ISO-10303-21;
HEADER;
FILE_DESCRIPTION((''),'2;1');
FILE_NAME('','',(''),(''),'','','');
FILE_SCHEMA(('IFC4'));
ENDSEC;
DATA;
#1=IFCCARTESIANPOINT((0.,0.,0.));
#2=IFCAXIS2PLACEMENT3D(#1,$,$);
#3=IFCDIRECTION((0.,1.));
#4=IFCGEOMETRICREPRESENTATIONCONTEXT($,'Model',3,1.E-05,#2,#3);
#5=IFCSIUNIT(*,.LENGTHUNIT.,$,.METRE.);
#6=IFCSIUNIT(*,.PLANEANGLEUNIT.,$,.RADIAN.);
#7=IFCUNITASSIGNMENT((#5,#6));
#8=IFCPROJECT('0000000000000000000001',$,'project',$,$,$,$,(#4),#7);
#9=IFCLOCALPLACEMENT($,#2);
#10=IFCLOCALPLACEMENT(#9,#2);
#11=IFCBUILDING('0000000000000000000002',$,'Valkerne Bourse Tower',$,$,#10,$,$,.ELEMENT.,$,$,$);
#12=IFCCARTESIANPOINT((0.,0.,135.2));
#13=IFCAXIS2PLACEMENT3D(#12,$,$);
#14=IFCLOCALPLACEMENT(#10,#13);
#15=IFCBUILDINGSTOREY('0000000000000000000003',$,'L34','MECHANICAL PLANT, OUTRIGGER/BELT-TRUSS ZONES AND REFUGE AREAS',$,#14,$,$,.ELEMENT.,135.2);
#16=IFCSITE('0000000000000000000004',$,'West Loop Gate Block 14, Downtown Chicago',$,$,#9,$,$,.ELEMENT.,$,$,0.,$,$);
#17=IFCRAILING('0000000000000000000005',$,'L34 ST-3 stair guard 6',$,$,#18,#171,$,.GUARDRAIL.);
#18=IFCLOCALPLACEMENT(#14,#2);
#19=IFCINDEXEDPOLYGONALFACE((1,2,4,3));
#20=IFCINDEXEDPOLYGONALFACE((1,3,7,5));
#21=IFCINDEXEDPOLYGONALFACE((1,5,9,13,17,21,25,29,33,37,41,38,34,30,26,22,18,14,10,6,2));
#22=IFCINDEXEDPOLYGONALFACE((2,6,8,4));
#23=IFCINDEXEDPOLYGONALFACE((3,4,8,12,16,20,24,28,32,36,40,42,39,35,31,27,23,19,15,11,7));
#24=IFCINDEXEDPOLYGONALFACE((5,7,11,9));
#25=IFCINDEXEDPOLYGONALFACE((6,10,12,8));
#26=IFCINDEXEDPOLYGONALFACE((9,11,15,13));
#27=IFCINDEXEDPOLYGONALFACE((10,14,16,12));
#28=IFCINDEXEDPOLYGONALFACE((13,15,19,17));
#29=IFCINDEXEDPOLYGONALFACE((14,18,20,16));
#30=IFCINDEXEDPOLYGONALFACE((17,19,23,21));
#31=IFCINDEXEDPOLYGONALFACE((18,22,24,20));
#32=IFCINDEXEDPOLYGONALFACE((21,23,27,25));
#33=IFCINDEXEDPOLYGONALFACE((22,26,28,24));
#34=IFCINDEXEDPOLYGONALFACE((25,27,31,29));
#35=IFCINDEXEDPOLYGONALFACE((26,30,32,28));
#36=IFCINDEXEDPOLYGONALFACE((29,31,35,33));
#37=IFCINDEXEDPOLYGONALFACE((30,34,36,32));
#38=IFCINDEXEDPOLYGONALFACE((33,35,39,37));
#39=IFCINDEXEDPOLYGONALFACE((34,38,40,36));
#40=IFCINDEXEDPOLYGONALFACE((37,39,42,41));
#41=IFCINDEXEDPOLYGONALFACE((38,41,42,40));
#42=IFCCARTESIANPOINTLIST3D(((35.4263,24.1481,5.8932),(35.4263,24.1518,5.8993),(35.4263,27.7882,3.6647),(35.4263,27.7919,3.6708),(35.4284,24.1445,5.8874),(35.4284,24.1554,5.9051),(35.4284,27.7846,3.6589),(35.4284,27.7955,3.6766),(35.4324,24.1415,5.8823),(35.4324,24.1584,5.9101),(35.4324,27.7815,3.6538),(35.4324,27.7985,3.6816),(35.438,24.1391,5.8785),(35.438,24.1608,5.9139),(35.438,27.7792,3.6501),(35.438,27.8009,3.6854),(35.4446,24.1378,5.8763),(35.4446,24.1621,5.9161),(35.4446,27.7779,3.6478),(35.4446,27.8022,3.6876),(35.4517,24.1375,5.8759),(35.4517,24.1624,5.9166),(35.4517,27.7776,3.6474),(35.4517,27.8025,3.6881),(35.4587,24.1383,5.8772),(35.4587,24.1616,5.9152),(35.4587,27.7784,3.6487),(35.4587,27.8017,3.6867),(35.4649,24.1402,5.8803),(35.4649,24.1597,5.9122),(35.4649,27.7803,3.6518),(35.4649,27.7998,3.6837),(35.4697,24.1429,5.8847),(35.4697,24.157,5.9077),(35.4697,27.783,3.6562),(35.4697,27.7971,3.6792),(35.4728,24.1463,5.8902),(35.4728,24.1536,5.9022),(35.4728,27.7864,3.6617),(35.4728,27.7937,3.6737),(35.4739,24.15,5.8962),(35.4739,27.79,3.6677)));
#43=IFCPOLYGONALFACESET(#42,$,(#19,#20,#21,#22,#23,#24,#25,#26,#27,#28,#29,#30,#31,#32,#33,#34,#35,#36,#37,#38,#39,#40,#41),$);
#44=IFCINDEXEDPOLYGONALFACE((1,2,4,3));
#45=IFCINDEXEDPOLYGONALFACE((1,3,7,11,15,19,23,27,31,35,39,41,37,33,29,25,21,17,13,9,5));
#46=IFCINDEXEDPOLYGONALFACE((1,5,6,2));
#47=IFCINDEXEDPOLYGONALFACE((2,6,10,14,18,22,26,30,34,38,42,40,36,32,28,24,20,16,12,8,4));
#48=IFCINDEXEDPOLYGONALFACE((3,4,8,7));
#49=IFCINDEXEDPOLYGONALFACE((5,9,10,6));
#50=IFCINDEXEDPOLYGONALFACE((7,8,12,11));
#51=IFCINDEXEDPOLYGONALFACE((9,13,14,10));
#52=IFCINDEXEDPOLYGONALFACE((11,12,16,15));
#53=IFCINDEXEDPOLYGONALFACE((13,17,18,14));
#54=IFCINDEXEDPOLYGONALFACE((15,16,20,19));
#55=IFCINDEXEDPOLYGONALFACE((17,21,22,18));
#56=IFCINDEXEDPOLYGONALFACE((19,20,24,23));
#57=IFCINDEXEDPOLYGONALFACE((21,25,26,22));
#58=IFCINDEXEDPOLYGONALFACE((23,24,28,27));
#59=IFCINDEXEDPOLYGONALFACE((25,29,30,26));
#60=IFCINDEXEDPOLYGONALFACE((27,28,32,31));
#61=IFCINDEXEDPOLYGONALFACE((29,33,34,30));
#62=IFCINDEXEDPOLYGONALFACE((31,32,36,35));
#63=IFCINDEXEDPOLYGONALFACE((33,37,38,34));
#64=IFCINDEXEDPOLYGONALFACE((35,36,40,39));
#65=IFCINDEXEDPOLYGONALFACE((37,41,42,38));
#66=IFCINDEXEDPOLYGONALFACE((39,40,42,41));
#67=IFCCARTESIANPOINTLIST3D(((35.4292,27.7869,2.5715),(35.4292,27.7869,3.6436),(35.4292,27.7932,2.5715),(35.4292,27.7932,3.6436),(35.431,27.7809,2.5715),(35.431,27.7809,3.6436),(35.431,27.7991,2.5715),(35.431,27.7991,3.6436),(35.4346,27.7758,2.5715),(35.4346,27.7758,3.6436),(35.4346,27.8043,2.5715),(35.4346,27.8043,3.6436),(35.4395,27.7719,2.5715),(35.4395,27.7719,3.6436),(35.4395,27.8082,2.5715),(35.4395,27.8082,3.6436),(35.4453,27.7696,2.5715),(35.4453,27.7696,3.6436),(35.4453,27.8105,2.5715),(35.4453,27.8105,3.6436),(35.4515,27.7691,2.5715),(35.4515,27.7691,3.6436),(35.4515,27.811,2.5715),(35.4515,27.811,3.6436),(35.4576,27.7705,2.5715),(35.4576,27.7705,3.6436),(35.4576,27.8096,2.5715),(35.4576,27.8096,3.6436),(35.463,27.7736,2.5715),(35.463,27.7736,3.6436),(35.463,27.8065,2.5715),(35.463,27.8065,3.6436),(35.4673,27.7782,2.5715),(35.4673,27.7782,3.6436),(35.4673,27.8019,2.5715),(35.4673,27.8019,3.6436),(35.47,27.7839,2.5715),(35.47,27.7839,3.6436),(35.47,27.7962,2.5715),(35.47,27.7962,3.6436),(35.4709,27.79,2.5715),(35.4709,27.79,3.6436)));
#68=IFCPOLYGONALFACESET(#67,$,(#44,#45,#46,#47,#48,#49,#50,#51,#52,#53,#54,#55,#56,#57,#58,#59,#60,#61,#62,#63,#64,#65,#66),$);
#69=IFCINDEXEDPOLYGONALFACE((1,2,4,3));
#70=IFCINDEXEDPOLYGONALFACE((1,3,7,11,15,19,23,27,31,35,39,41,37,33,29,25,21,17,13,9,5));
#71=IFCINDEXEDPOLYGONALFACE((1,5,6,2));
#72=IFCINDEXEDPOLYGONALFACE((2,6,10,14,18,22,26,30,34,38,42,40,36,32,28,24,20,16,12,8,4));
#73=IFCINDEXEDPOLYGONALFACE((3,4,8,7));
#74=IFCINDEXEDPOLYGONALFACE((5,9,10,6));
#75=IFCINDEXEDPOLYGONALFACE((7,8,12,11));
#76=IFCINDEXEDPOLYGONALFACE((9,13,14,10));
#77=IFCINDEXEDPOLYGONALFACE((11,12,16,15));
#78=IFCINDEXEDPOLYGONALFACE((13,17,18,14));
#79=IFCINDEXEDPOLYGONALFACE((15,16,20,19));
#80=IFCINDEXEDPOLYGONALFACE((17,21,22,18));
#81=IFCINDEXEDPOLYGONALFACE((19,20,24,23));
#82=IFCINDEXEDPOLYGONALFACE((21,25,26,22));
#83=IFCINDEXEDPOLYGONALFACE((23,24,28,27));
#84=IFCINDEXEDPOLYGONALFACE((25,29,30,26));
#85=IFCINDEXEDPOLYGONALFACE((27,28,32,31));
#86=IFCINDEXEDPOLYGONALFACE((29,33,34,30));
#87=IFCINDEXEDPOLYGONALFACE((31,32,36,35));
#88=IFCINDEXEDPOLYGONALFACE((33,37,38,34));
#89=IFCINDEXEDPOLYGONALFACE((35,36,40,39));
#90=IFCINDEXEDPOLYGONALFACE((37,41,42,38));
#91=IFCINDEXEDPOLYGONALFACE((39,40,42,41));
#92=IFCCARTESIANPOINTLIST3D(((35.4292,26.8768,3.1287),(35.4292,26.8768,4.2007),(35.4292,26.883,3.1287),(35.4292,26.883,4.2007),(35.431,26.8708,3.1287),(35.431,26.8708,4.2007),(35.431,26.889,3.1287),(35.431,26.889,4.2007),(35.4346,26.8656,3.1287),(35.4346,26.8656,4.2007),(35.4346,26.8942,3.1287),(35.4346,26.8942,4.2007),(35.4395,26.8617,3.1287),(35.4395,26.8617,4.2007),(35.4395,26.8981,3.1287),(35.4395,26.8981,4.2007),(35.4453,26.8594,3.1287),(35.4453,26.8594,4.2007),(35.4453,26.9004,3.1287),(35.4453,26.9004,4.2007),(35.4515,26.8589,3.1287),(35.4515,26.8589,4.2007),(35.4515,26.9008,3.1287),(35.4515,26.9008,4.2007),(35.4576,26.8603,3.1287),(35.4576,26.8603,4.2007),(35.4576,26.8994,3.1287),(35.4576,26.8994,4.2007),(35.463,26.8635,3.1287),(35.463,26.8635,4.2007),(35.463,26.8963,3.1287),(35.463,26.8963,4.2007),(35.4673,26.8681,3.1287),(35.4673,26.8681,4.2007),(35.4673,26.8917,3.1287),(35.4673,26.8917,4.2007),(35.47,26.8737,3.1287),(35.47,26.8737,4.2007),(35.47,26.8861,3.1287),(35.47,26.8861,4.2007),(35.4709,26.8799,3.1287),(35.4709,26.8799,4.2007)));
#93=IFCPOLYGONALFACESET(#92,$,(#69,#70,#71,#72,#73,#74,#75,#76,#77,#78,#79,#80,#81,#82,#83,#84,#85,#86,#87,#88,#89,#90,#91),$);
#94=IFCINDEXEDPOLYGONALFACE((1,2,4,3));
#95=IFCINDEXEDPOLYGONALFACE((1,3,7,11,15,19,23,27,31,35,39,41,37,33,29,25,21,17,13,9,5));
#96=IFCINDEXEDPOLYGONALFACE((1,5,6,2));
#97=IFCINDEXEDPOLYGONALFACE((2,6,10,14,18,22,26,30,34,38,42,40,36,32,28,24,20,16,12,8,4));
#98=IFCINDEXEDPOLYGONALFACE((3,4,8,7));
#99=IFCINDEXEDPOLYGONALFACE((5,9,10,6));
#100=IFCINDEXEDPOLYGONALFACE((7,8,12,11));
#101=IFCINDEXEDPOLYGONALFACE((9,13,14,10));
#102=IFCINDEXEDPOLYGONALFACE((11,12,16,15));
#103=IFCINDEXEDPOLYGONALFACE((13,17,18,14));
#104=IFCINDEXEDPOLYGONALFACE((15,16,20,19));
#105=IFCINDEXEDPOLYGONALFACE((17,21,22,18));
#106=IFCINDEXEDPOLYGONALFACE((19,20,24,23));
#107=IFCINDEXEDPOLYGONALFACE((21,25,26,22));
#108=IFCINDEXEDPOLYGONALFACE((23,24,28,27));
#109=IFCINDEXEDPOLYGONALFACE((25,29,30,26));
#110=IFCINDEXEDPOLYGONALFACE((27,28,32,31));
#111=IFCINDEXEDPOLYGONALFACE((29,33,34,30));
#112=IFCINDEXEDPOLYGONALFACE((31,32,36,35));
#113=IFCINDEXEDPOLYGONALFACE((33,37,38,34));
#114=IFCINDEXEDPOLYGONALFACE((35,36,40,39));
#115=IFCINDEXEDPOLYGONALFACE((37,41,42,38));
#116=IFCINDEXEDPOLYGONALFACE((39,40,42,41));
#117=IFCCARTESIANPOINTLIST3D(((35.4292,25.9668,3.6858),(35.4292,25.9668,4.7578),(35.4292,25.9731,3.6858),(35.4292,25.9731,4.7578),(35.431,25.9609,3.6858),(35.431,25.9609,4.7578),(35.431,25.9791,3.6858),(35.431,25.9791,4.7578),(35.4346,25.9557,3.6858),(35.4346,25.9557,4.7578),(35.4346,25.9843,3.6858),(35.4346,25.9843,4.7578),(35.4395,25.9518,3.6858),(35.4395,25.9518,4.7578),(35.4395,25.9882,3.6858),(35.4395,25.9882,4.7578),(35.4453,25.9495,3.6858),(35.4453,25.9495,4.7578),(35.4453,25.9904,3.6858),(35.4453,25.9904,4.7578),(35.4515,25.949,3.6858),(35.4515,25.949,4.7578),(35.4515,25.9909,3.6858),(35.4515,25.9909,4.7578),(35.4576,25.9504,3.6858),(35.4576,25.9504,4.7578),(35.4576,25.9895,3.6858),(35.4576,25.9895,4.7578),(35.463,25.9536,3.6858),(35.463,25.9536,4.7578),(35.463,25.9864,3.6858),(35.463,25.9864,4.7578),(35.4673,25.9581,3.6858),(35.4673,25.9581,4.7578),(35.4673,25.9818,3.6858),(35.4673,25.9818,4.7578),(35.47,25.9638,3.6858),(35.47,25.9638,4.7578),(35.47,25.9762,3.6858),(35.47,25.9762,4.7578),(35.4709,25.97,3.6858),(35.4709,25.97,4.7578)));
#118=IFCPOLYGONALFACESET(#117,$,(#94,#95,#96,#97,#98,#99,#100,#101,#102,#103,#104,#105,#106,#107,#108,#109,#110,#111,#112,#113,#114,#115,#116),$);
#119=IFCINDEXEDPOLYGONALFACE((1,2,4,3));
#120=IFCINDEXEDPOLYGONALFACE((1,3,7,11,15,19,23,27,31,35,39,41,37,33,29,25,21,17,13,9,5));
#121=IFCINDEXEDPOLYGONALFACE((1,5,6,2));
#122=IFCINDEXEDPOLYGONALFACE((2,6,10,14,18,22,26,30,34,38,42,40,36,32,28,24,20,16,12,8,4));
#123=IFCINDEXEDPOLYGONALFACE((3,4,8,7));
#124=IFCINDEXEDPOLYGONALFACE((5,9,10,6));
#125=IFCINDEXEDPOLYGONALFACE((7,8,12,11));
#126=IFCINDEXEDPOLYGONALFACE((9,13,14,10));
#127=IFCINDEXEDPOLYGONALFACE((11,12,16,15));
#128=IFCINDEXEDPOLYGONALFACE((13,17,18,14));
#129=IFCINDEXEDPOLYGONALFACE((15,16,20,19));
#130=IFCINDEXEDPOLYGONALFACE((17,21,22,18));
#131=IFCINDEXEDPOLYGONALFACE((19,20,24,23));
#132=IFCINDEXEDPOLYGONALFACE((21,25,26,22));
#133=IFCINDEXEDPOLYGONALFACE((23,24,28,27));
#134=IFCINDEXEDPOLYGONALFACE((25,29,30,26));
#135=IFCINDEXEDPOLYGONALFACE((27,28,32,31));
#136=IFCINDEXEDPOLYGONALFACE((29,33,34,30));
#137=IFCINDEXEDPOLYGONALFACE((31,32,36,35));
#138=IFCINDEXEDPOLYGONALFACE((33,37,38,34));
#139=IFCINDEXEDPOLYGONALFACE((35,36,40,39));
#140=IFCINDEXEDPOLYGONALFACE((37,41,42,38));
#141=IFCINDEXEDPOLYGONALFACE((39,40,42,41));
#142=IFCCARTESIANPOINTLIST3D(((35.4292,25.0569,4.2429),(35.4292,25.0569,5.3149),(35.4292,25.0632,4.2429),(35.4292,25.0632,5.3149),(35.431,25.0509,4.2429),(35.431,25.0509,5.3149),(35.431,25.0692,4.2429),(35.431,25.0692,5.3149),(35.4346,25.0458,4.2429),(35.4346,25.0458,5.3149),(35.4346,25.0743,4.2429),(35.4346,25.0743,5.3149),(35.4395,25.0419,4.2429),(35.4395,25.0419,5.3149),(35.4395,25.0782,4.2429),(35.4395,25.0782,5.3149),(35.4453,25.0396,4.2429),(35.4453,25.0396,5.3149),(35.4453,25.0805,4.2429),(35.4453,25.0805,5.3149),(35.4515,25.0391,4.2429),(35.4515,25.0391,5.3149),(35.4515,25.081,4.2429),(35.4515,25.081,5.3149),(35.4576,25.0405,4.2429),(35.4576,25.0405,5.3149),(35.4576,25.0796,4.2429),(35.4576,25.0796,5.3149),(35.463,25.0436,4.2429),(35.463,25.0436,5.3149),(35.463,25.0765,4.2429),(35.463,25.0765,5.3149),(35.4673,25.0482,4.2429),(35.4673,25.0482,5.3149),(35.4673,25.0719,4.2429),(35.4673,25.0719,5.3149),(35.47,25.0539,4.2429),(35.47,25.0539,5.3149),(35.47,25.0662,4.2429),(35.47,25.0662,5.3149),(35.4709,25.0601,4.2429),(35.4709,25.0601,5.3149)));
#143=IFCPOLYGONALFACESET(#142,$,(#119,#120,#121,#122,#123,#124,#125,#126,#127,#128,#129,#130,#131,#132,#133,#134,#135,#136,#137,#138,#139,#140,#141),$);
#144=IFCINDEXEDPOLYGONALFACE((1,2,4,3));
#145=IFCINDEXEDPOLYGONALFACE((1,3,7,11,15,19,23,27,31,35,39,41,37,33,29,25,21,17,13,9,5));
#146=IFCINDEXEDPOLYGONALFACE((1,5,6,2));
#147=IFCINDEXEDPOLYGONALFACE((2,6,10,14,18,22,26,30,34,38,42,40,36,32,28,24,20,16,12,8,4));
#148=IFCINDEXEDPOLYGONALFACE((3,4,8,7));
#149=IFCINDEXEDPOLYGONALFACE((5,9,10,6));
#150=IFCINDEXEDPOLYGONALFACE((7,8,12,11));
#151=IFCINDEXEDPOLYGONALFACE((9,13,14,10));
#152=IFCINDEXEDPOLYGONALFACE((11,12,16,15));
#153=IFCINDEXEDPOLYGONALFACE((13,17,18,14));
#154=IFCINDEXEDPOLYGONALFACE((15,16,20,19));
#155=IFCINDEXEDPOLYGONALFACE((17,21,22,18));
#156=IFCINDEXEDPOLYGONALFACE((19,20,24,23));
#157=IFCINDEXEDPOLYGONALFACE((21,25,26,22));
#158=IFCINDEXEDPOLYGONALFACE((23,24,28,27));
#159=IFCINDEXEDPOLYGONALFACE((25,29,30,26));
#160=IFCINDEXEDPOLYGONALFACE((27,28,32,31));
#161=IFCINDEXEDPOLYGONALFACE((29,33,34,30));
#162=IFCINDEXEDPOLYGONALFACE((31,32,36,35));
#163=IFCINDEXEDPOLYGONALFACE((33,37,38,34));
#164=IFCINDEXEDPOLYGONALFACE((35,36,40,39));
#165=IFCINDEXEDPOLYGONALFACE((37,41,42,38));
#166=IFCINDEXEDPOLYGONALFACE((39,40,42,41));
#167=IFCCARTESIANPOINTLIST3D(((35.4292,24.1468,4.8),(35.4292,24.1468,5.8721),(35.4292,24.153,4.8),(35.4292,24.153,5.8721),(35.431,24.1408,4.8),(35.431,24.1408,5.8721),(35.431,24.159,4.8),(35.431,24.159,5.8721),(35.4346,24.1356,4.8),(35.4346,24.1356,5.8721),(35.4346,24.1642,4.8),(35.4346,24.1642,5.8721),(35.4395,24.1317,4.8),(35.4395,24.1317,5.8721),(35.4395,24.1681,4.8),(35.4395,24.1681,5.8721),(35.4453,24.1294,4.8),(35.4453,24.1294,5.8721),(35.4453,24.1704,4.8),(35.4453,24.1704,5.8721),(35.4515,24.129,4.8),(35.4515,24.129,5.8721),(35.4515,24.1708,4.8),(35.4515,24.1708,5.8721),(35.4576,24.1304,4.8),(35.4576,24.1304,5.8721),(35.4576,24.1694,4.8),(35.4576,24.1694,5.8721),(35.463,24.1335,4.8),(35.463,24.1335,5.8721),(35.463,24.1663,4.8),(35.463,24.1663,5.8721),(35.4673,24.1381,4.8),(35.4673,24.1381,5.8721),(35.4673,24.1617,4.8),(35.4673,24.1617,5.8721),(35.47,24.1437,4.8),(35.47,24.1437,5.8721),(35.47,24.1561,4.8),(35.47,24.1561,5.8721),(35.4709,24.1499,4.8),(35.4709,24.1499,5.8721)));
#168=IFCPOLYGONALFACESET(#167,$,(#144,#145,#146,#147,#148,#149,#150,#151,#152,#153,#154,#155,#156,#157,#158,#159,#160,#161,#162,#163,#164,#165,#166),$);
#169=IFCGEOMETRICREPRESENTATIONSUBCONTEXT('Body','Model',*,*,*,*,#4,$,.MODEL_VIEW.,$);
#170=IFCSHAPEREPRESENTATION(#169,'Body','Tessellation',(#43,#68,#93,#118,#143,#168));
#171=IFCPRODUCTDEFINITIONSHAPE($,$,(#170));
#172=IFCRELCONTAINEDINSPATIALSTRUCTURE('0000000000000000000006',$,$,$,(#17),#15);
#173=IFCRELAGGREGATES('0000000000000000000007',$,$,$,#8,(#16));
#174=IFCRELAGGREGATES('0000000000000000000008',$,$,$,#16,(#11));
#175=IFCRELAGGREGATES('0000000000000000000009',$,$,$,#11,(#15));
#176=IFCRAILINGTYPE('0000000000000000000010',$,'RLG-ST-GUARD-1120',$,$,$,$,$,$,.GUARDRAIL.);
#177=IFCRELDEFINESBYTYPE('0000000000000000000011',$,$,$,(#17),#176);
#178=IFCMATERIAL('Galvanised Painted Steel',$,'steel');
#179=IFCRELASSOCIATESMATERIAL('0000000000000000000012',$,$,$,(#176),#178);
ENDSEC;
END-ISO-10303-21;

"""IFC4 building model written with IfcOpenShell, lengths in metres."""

from ifc_helpers import new_model, si_unit, direction, frame, origin, origin_2d, place, context, subcontext, project, spatial, circle, extrude, material, type_object, element, save


model = new_model("IFC4")

# Units and contexts
model_context = context("Model", 3, precision=1e-05, world=origin(), true_north=direction((0.0, 1.0)))
body_context = subcontext(model_context, "Body", "Model", "MODEL_VIEW")
ifc_project = project(units=[si_unit("LENGTHUNIT", "METRE"), si_unit("PLANEANGLEUNIT", "RADIAN")], contexts=[model_context])

# Site, building, storey
site_placement = place(None, origin())
site = spatial("IfcSite", under=ifc_project, at=site_placement, Name="West Loop Gate Block 14, Downtown Chicago", CompositionType="ELEMENT", RefElevation=0.0)
building_placement = place(site_placement, origin())
building = spatial("IfcBuilding", under=site, at=building_placement, Name="Valkerne Bourse Tower", CompositionType="ELEMENT")
storey_placement = place(building_placement, frame((0.0, 0.0, 135.2)))
storey = spatial("IfcBuildingStorey", under=building, at=storey_placement, Name="L34", Description="MECHANICAL PLANT, OUTRIGGER/BELT-TRUSS ZONES AND REFUGE AREAS", CompositionType="ELEMENT", Elevation=135.2)

# Shared definitions
ifc_material_1 = material(Name="Galvanised Painted Steel", Category="steel")

# Railing
railing_type_1 = type_object("IfcRailingType", Name="RLG-ST-GUARD-1120", PredefinedType="GUARDRAIL", material=ifc_material_1)
railing_1_placement = place(storey_placement, frame((35.45, 27.79, 2.5715)))
element("IfcRailing", 1, at=railing_1_placement, inside=storey, type_object=railing_type_1, Name="L34 ST-3 stair guard 6", PredefinedType="GUARDRAIL", context=body_context, shape_type="SweptSolid", body=[
    extrude(circle(Radius=0.0239, at=origin_2d()), frame((0.0, 0.0, 1.0962), z_axis=(0.0, -0.852866, 0.52213), x_axis=(1.0, 0.0, 0.0)), (0.0, 0.0, 1.0), 4.2681),
    extrude(circle(Radius=0.021, at=origin_2d()), origin(), (0.0, 0.0, 1.0), 1.072),
    extrude(circle(Radius=0.021, at=origin_2d()), frame((0.0, -0.9102, 0.5571)), (0.0, 0.0, 1.0), 1.072),
    extrude(circle(Radius=0.021, at=origin_2d()), frame((0.0, -1.8201, 1.1143)), (0.0, 0.0, 1.0), 1.072),
    extrude(circle(Radius=0.021, at=origin_2d()), frame((0.0, -2.73, 1.6714)), (0.0, 0.0, 1.0), 1.072),
    extrude(circle(Radius=0.021, at=origin_2d()), frame((0.0, -3.6401, 2.2285)), (0.0, 0.0, 1.0), 1.072),
])

save(model, "model.ifc")
